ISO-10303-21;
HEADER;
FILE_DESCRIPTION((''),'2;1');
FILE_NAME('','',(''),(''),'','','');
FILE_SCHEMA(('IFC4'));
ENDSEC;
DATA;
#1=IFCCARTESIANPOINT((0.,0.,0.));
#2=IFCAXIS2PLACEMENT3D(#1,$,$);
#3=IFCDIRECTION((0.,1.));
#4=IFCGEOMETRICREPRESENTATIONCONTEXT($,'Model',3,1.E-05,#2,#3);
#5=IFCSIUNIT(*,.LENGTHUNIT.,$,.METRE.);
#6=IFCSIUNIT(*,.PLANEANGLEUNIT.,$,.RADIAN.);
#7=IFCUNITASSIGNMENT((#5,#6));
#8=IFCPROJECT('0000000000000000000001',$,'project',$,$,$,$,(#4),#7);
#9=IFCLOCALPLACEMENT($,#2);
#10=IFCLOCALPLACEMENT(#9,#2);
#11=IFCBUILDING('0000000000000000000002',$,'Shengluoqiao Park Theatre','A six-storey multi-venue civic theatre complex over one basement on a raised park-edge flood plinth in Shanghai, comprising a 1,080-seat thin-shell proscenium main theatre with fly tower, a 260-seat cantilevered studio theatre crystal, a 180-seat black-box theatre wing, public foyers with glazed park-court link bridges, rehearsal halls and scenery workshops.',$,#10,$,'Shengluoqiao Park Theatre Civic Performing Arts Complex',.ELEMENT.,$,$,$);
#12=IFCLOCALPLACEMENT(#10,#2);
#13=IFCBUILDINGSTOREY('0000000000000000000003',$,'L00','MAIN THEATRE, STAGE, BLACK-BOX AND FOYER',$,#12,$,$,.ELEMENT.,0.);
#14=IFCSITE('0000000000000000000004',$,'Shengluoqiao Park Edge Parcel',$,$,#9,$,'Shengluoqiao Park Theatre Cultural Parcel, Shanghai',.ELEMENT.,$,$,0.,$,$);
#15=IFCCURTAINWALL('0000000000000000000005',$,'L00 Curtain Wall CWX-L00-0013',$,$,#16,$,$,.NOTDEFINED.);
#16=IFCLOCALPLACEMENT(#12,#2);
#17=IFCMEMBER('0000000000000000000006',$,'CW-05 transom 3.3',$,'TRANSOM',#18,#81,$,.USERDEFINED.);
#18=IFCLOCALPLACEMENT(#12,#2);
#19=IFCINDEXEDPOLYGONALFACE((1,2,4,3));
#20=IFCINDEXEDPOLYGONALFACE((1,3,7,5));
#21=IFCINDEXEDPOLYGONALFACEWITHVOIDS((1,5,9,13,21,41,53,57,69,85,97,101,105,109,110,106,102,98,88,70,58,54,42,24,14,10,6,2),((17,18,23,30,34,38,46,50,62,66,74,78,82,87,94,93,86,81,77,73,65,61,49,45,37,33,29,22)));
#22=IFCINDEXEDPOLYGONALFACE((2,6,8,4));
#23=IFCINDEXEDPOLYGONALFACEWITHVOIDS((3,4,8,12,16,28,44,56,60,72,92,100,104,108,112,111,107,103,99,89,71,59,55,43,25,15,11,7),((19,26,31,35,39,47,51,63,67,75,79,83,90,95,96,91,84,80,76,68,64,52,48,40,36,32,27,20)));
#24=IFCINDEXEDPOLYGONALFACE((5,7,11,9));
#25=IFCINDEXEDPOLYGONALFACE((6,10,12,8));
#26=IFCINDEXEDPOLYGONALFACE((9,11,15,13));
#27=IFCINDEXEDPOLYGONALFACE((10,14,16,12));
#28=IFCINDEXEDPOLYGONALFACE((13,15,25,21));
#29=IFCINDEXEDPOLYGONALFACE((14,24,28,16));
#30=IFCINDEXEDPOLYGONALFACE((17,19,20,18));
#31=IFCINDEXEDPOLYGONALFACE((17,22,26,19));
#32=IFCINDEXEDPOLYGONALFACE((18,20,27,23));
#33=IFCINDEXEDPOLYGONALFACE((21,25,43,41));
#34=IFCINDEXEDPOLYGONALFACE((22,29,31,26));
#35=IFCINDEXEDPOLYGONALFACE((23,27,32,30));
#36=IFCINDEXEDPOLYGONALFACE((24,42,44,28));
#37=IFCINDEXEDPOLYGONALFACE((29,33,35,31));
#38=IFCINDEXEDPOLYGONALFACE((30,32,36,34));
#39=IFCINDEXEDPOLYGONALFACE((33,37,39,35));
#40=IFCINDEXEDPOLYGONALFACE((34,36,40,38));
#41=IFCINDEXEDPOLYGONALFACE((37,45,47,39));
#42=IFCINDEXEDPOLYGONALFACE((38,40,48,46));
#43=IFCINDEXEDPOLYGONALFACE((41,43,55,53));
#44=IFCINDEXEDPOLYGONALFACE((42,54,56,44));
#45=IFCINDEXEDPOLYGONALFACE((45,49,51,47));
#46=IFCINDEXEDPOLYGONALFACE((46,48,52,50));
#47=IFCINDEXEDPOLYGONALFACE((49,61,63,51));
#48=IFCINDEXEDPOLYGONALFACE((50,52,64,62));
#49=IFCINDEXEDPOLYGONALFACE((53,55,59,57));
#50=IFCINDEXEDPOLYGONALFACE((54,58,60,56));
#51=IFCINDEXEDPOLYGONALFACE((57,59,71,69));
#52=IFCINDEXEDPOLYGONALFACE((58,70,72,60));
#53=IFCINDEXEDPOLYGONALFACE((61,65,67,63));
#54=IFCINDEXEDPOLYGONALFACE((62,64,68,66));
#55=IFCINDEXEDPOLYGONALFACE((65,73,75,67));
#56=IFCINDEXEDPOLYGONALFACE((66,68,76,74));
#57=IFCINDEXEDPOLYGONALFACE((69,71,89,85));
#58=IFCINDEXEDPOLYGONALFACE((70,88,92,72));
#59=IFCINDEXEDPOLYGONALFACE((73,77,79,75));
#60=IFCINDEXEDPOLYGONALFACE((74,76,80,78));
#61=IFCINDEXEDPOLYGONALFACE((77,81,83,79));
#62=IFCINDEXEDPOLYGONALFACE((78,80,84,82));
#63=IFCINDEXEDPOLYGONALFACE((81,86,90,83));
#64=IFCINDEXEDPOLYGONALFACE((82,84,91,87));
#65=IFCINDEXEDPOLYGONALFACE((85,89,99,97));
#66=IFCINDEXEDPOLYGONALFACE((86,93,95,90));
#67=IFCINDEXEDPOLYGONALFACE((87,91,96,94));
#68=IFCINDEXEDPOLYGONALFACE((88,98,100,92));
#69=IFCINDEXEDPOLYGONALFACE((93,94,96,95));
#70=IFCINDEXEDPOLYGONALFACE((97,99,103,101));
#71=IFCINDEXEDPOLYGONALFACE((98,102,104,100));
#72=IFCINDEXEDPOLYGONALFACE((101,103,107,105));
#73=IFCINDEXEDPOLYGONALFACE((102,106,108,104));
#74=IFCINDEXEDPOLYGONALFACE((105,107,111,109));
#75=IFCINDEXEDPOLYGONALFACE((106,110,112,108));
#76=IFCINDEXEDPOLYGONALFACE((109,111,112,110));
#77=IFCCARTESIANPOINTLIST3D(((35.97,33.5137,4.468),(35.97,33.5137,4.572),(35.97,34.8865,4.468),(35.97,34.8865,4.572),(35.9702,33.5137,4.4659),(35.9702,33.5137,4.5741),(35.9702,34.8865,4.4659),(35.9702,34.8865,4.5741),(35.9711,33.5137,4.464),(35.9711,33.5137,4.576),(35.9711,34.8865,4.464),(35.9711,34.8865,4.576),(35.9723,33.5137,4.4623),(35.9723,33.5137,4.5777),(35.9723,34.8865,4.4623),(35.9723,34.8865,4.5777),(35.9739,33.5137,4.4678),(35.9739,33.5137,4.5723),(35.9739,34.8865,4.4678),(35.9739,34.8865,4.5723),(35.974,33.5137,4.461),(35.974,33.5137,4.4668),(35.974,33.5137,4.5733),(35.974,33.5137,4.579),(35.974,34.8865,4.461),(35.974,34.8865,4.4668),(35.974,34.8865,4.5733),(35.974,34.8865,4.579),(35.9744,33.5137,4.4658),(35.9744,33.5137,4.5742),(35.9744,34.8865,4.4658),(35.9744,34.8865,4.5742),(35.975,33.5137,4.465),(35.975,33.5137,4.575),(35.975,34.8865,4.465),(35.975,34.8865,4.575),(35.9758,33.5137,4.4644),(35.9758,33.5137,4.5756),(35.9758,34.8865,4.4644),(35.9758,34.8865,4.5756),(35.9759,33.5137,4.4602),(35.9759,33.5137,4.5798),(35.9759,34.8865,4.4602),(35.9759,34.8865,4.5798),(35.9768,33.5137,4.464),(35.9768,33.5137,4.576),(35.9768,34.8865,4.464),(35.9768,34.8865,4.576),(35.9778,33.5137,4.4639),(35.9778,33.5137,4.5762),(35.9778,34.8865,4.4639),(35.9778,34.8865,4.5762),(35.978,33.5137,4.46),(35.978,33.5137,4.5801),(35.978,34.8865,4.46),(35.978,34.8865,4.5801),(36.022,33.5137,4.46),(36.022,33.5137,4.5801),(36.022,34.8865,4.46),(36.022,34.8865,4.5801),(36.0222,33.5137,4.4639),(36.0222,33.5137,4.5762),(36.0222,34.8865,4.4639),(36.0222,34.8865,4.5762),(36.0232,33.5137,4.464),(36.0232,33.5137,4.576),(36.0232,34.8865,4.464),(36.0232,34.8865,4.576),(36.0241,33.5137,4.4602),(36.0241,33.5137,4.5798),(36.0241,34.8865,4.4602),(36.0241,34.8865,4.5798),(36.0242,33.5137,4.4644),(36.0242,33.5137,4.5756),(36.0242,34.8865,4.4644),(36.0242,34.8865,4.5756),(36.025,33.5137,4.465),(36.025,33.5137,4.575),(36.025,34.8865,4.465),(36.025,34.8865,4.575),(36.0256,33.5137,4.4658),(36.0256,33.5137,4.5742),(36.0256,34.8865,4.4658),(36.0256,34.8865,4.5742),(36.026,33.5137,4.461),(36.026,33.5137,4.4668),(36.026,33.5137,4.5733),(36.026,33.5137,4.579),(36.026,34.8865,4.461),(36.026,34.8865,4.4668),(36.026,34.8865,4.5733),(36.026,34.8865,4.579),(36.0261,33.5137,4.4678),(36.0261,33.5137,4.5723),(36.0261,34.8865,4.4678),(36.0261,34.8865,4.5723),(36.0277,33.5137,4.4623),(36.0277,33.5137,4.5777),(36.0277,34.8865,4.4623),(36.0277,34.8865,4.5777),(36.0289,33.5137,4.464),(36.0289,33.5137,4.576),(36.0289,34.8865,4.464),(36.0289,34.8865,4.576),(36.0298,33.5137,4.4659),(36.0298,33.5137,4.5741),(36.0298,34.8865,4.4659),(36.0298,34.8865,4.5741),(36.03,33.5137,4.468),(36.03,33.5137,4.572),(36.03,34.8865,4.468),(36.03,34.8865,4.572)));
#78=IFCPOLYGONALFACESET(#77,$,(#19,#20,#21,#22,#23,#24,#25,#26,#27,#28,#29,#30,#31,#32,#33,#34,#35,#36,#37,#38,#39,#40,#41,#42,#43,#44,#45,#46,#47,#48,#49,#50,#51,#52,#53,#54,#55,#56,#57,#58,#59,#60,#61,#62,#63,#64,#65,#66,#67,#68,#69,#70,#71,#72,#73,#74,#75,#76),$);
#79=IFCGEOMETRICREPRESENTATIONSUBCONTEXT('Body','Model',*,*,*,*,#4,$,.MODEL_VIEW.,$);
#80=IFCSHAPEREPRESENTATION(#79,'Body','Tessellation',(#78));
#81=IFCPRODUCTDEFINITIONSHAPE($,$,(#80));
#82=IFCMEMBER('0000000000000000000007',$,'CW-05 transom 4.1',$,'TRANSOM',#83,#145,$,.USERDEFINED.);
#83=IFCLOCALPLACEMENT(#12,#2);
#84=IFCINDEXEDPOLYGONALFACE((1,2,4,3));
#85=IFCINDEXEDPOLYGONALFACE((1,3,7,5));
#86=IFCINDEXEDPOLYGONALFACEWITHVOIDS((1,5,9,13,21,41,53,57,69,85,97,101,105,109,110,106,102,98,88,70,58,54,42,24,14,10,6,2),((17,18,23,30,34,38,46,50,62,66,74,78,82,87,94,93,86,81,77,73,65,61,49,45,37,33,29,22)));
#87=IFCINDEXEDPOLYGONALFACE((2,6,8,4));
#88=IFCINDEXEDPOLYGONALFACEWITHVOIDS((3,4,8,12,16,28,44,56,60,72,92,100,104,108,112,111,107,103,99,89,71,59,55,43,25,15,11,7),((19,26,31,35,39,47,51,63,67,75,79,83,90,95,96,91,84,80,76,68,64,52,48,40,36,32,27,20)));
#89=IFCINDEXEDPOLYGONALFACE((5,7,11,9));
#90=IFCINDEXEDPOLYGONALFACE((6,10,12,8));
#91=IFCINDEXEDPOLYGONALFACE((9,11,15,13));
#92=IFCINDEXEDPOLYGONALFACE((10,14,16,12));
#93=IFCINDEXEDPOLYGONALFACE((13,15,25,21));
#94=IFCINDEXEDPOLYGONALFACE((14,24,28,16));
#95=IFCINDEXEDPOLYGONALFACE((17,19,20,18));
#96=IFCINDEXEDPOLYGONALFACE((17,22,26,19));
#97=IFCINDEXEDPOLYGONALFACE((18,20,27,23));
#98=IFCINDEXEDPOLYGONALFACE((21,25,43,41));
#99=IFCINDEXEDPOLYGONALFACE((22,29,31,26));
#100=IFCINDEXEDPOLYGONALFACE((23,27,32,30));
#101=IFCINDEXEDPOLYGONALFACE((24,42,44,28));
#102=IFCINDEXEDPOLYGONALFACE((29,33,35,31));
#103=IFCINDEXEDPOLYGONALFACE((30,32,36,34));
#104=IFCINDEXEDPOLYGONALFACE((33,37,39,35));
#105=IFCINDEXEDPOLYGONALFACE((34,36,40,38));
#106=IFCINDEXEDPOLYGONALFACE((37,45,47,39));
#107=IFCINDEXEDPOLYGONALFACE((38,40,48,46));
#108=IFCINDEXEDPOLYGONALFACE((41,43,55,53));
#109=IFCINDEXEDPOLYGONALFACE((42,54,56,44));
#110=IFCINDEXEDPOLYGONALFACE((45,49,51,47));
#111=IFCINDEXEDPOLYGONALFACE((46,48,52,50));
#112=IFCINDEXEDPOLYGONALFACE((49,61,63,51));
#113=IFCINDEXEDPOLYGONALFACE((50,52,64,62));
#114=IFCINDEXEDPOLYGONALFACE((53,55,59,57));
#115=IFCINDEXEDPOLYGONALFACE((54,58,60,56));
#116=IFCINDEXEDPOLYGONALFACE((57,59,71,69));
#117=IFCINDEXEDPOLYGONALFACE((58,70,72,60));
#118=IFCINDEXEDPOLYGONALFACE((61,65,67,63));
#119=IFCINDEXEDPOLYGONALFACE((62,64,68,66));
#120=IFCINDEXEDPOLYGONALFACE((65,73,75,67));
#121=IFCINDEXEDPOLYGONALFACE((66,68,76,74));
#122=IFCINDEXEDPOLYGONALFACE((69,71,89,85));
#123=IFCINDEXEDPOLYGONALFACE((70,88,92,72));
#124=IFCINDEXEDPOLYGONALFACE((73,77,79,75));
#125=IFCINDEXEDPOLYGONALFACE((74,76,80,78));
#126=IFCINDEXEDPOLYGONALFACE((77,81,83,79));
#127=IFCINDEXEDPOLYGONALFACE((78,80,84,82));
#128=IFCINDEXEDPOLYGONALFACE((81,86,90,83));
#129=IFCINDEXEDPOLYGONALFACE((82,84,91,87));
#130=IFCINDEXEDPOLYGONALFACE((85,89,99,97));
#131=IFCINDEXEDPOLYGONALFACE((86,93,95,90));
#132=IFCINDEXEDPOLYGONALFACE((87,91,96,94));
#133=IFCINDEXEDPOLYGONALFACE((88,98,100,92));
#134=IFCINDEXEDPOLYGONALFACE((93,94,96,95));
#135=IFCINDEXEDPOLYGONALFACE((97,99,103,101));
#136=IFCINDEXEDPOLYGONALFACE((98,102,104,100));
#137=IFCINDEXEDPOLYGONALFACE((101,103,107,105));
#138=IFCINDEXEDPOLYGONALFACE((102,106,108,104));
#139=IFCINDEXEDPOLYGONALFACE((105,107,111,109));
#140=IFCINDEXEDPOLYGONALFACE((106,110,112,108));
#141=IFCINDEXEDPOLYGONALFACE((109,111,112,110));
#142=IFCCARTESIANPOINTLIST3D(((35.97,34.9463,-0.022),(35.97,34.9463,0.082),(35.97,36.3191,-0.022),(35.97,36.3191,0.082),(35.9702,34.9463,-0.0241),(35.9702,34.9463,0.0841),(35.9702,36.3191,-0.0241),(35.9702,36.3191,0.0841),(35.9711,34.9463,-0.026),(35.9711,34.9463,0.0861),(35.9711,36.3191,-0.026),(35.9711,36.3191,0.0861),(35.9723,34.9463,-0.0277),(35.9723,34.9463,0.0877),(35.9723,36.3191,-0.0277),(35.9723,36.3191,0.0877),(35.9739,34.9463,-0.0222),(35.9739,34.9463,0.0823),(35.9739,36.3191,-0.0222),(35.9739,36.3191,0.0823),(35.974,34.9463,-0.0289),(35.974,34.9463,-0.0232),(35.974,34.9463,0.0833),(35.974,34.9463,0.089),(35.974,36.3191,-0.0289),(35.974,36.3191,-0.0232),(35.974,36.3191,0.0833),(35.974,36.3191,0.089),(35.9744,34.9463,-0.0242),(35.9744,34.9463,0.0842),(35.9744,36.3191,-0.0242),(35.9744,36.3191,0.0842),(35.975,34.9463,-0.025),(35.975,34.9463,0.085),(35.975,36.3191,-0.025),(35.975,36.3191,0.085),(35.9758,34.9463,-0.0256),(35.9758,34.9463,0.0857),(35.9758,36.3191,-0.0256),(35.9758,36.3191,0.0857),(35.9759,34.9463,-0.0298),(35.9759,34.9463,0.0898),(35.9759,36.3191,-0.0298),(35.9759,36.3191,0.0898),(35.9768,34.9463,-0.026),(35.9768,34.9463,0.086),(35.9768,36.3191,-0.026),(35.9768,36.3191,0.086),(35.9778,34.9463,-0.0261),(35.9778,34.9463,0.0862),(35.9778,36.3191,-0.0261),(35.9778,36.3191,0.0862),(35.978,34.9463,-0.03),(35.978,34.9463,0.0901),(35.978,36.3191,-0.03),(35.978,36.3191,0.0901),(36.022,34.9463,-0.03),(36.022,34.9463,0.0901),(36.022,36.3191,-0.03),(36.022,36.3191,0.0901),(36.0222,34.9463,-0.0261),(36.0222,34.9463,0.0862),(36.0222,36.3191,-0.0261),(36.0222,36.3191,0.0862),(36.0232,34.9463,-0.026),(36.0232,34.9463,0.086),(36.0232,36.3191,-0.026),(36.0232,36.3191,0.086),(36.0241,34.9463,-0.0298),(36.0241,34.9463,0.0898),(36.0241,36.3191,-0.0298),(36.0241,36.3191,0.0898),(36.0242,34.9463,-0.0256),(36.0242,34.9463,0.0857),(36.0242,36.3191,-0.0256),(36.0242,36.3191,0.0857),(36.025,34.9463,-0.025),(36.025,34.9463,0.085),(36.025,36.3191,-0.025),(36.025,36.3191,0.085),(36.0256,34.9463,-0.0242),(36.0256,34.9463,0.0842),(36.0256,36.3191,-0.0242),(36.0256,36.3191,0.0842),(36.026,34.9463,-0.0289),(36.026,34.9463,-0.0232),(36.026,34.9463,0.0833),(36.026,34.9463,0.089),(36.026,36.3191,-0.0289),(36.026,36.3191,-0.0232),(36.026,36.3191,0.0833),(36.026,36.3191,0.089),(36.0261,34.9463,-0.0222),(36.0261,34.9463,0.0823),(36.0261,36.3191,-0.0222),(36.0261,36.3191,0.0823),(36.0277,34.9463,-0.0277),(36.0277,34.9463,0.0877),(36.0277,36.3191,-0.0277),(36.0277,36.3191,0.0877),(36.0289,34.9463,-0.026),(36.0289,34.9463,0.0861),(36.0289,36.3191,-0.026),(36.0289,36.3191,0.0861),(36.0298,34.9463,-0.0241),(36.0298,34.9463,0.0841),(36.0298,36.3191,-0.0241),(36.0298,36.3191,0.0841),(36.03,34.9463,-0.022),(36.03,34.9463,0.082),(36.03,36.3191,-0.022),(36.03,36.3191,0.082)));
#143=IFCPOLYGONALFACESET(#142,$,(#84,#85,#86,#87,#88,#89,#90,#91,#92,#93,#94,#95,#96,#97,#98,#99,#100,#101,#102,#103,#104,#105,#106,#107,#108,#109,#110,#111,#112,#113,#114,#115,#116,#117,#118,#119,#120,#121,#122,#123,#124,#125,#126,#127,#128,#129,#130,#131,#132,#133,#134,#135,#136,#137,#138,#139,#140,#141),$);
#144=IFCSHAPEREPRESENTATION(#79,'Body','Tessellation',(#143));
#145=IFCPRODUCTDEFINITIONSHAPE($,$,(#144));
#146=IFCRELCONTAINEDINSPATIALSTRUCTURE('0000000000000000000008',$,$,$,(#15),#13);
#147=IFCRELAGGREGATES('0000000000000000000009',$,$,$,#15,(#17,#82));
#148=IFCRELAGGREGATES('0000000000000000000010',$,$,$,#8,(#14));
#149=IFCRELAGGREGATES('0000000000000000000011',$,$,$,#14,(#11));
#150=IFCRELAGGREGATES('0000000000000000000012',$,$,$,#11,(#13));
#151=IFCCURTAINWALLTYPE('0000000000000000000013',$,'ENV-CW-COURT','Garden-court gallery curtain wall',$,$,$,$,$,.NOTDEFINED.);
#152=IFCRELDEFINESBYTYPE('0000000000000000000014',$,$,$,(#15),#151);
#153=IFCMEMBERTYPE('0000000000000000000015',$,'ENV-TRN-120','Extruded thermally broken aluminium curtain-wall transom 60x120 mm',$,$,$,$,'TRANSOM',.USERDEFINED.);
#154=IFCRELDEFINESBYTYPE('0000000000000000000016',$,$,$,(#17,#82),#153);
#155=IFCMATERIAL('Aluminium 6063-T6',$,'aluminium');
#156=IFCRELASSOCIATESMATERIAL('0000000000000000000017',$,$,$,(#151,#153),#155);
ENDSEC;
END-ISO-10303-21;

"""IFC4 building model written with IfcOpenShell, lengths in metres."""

from ifc_helpers import new_model, si_unit, direction, frame, origin, origin_2d, place, context, subcontext, project, spatial, hollow_rectangle, extrude, material, material_profile, profile_set, type_object, element, aggregate, save


model = new_model("IFC4")

# Units and contexts
model_context = context("Model", 3, precision=1e-05, world=origin(), true_north=direction((0.0, 1.0)))
body_context = subcontext(model_context, "Body", "Model", "MODEL_VIEW")
ifc_project = project(units=[si_unit("LENGTHUNIT", "METRE"), si_unit("PLANEANGLEUNIT", "RADIAN")], contexts=[model_context])

# Site, building, storey
site_placement = place(None, origin())
site = spatial("IfcSite", under=ifc_project, at=site_placement, Name="Shengluoqiao Park Edge Parcel", LongName="Shengluoqiao Park Theatre Cultural Parcel, Shanghai", CompositionType="ELEMENT", RefElevation=0.0)
building_placement = place(site_placement, origin())
building = spatial("IfcBuilding", under=site, at=building_placement, Name="Shengluoqiao Park Theatre", Description="A six-storey multi-venue civic theatre complex over one basement on a raised park-edge flood plinth in Shanghai, comprising a 1,080-seat thin-shell proscenium main theatre with fly tower, a 260-seat cantilevered studio theatre crystal, a 180-seat black-box theatre wing, public foyers with glazed park-court link bridges, rehearsal halls and scenery workshops.", LongName="Shengluoqiao Park Theatre Civic Performing Arts Complex", CompositionType="ELEMENT")
storey_placement = place(building_placement, origin())
storey = spatial("IfcBuildingStorey", under=building, at=storey_placement, Name="L00", Description="MAIN THEATRE, STAGE, BLACK-BOX AND FOYER", CompositionType="ELEMENT", Elevation=0.0)

# Curtain wall, members
ifc_material_1 = material(Name="Aluminium 6063-T6", Category="aluminium")
curtain_wall_type = type_object("IfcCurtainWallType", Name="ENV-CW-COURT", Description="Garden-court gallery curtain wall", PredefinedType="NOTDEFINED", material=ifc_material_1)
curtain_wall_placement = place(storey_placement, origin())
curtain_wall = element("IfcCurtainWall", 1, at=curtain_wall_placement, inside=storey, type_object=curtain_wall_type, Name="L00 Curtain Wall CWX-L00-0013", PredefinedType="NOTDEFINED")
ifc_material_profile_1 = material_profile(ifc_material_1, hollow_rectangle(XDim=0.0601, YDim=0.1201, WallThickness=0.0039, InnerFilletRadius=0.0039, OuterFilletRadius=0.0081, at=origin_2d()), Name="ALU TRANSOM 120x60x4")
ifc_profile_set_1 = profile_set([ifc_material_profile_1], Name="Aluminium 6063-T6")
member_type_1 = type_object("IfcMemberType", Name="ENV-TRN-120", Description="Extruded thermally broken aluminium curtain-wall transom 60x120 mm", ElementType="TRANSOM", PredefinedType="USERDEFINED", material=ifc_profile_set_1)
member_1_placement = place(storey_placement, frame((36.0, 33.5137, 4.52), z_axis=(0.0, 1.0, 0.0), x_axis=(-1.0, 0.0, 0.0)))
member_1 = element("IfcMember", 2, at=member_1_placement, type_object=member_type_1, Name="CW-05 transom 3.3", ObjectType="TRANSOM", PredefinedType="USERDEFINED", context=body_context, shape_type="SweptSolid", body=[
    extrude(hollow_rectangle(XDim=0.0601, YDim=0.1201, WallThickness=0.0039, InnerFilletRadius=0.0039, OuterFilletRadius=0.0081, at=origin_2d()), origin(), (0.0, 0.0, 1.0), 1.3728),
])
member_2_placement = place(storey_placement, frame((36.0, 34.9463, 0.03), z_axis=(0.0, 1.0, 0.0), x_axis=(-1.0, 0.0, 0.0)))
member_2 = element("IfcMember", 3, at=member_2_placement, type_object=member_type_1, Name="CW-05 transom 4.1", ObjectType="TRANSOM", PredefinedType="USERDEFINED", context=body_context, shape_type="SweptSolid", body=[
    extrude(hollow_rectangle(XDim=0.0601, YDim=0.1201, WallThickness=0.0039, InnerFilletRadius=0.0039, OuterFilletRadius=0.0081, at=origin_2d()), origin(), (0.0, 0.0, 1.0), 1.3728),
])
aggregate(curtain_wall, [member_1, member_2])

save(model, "model.ifc")
